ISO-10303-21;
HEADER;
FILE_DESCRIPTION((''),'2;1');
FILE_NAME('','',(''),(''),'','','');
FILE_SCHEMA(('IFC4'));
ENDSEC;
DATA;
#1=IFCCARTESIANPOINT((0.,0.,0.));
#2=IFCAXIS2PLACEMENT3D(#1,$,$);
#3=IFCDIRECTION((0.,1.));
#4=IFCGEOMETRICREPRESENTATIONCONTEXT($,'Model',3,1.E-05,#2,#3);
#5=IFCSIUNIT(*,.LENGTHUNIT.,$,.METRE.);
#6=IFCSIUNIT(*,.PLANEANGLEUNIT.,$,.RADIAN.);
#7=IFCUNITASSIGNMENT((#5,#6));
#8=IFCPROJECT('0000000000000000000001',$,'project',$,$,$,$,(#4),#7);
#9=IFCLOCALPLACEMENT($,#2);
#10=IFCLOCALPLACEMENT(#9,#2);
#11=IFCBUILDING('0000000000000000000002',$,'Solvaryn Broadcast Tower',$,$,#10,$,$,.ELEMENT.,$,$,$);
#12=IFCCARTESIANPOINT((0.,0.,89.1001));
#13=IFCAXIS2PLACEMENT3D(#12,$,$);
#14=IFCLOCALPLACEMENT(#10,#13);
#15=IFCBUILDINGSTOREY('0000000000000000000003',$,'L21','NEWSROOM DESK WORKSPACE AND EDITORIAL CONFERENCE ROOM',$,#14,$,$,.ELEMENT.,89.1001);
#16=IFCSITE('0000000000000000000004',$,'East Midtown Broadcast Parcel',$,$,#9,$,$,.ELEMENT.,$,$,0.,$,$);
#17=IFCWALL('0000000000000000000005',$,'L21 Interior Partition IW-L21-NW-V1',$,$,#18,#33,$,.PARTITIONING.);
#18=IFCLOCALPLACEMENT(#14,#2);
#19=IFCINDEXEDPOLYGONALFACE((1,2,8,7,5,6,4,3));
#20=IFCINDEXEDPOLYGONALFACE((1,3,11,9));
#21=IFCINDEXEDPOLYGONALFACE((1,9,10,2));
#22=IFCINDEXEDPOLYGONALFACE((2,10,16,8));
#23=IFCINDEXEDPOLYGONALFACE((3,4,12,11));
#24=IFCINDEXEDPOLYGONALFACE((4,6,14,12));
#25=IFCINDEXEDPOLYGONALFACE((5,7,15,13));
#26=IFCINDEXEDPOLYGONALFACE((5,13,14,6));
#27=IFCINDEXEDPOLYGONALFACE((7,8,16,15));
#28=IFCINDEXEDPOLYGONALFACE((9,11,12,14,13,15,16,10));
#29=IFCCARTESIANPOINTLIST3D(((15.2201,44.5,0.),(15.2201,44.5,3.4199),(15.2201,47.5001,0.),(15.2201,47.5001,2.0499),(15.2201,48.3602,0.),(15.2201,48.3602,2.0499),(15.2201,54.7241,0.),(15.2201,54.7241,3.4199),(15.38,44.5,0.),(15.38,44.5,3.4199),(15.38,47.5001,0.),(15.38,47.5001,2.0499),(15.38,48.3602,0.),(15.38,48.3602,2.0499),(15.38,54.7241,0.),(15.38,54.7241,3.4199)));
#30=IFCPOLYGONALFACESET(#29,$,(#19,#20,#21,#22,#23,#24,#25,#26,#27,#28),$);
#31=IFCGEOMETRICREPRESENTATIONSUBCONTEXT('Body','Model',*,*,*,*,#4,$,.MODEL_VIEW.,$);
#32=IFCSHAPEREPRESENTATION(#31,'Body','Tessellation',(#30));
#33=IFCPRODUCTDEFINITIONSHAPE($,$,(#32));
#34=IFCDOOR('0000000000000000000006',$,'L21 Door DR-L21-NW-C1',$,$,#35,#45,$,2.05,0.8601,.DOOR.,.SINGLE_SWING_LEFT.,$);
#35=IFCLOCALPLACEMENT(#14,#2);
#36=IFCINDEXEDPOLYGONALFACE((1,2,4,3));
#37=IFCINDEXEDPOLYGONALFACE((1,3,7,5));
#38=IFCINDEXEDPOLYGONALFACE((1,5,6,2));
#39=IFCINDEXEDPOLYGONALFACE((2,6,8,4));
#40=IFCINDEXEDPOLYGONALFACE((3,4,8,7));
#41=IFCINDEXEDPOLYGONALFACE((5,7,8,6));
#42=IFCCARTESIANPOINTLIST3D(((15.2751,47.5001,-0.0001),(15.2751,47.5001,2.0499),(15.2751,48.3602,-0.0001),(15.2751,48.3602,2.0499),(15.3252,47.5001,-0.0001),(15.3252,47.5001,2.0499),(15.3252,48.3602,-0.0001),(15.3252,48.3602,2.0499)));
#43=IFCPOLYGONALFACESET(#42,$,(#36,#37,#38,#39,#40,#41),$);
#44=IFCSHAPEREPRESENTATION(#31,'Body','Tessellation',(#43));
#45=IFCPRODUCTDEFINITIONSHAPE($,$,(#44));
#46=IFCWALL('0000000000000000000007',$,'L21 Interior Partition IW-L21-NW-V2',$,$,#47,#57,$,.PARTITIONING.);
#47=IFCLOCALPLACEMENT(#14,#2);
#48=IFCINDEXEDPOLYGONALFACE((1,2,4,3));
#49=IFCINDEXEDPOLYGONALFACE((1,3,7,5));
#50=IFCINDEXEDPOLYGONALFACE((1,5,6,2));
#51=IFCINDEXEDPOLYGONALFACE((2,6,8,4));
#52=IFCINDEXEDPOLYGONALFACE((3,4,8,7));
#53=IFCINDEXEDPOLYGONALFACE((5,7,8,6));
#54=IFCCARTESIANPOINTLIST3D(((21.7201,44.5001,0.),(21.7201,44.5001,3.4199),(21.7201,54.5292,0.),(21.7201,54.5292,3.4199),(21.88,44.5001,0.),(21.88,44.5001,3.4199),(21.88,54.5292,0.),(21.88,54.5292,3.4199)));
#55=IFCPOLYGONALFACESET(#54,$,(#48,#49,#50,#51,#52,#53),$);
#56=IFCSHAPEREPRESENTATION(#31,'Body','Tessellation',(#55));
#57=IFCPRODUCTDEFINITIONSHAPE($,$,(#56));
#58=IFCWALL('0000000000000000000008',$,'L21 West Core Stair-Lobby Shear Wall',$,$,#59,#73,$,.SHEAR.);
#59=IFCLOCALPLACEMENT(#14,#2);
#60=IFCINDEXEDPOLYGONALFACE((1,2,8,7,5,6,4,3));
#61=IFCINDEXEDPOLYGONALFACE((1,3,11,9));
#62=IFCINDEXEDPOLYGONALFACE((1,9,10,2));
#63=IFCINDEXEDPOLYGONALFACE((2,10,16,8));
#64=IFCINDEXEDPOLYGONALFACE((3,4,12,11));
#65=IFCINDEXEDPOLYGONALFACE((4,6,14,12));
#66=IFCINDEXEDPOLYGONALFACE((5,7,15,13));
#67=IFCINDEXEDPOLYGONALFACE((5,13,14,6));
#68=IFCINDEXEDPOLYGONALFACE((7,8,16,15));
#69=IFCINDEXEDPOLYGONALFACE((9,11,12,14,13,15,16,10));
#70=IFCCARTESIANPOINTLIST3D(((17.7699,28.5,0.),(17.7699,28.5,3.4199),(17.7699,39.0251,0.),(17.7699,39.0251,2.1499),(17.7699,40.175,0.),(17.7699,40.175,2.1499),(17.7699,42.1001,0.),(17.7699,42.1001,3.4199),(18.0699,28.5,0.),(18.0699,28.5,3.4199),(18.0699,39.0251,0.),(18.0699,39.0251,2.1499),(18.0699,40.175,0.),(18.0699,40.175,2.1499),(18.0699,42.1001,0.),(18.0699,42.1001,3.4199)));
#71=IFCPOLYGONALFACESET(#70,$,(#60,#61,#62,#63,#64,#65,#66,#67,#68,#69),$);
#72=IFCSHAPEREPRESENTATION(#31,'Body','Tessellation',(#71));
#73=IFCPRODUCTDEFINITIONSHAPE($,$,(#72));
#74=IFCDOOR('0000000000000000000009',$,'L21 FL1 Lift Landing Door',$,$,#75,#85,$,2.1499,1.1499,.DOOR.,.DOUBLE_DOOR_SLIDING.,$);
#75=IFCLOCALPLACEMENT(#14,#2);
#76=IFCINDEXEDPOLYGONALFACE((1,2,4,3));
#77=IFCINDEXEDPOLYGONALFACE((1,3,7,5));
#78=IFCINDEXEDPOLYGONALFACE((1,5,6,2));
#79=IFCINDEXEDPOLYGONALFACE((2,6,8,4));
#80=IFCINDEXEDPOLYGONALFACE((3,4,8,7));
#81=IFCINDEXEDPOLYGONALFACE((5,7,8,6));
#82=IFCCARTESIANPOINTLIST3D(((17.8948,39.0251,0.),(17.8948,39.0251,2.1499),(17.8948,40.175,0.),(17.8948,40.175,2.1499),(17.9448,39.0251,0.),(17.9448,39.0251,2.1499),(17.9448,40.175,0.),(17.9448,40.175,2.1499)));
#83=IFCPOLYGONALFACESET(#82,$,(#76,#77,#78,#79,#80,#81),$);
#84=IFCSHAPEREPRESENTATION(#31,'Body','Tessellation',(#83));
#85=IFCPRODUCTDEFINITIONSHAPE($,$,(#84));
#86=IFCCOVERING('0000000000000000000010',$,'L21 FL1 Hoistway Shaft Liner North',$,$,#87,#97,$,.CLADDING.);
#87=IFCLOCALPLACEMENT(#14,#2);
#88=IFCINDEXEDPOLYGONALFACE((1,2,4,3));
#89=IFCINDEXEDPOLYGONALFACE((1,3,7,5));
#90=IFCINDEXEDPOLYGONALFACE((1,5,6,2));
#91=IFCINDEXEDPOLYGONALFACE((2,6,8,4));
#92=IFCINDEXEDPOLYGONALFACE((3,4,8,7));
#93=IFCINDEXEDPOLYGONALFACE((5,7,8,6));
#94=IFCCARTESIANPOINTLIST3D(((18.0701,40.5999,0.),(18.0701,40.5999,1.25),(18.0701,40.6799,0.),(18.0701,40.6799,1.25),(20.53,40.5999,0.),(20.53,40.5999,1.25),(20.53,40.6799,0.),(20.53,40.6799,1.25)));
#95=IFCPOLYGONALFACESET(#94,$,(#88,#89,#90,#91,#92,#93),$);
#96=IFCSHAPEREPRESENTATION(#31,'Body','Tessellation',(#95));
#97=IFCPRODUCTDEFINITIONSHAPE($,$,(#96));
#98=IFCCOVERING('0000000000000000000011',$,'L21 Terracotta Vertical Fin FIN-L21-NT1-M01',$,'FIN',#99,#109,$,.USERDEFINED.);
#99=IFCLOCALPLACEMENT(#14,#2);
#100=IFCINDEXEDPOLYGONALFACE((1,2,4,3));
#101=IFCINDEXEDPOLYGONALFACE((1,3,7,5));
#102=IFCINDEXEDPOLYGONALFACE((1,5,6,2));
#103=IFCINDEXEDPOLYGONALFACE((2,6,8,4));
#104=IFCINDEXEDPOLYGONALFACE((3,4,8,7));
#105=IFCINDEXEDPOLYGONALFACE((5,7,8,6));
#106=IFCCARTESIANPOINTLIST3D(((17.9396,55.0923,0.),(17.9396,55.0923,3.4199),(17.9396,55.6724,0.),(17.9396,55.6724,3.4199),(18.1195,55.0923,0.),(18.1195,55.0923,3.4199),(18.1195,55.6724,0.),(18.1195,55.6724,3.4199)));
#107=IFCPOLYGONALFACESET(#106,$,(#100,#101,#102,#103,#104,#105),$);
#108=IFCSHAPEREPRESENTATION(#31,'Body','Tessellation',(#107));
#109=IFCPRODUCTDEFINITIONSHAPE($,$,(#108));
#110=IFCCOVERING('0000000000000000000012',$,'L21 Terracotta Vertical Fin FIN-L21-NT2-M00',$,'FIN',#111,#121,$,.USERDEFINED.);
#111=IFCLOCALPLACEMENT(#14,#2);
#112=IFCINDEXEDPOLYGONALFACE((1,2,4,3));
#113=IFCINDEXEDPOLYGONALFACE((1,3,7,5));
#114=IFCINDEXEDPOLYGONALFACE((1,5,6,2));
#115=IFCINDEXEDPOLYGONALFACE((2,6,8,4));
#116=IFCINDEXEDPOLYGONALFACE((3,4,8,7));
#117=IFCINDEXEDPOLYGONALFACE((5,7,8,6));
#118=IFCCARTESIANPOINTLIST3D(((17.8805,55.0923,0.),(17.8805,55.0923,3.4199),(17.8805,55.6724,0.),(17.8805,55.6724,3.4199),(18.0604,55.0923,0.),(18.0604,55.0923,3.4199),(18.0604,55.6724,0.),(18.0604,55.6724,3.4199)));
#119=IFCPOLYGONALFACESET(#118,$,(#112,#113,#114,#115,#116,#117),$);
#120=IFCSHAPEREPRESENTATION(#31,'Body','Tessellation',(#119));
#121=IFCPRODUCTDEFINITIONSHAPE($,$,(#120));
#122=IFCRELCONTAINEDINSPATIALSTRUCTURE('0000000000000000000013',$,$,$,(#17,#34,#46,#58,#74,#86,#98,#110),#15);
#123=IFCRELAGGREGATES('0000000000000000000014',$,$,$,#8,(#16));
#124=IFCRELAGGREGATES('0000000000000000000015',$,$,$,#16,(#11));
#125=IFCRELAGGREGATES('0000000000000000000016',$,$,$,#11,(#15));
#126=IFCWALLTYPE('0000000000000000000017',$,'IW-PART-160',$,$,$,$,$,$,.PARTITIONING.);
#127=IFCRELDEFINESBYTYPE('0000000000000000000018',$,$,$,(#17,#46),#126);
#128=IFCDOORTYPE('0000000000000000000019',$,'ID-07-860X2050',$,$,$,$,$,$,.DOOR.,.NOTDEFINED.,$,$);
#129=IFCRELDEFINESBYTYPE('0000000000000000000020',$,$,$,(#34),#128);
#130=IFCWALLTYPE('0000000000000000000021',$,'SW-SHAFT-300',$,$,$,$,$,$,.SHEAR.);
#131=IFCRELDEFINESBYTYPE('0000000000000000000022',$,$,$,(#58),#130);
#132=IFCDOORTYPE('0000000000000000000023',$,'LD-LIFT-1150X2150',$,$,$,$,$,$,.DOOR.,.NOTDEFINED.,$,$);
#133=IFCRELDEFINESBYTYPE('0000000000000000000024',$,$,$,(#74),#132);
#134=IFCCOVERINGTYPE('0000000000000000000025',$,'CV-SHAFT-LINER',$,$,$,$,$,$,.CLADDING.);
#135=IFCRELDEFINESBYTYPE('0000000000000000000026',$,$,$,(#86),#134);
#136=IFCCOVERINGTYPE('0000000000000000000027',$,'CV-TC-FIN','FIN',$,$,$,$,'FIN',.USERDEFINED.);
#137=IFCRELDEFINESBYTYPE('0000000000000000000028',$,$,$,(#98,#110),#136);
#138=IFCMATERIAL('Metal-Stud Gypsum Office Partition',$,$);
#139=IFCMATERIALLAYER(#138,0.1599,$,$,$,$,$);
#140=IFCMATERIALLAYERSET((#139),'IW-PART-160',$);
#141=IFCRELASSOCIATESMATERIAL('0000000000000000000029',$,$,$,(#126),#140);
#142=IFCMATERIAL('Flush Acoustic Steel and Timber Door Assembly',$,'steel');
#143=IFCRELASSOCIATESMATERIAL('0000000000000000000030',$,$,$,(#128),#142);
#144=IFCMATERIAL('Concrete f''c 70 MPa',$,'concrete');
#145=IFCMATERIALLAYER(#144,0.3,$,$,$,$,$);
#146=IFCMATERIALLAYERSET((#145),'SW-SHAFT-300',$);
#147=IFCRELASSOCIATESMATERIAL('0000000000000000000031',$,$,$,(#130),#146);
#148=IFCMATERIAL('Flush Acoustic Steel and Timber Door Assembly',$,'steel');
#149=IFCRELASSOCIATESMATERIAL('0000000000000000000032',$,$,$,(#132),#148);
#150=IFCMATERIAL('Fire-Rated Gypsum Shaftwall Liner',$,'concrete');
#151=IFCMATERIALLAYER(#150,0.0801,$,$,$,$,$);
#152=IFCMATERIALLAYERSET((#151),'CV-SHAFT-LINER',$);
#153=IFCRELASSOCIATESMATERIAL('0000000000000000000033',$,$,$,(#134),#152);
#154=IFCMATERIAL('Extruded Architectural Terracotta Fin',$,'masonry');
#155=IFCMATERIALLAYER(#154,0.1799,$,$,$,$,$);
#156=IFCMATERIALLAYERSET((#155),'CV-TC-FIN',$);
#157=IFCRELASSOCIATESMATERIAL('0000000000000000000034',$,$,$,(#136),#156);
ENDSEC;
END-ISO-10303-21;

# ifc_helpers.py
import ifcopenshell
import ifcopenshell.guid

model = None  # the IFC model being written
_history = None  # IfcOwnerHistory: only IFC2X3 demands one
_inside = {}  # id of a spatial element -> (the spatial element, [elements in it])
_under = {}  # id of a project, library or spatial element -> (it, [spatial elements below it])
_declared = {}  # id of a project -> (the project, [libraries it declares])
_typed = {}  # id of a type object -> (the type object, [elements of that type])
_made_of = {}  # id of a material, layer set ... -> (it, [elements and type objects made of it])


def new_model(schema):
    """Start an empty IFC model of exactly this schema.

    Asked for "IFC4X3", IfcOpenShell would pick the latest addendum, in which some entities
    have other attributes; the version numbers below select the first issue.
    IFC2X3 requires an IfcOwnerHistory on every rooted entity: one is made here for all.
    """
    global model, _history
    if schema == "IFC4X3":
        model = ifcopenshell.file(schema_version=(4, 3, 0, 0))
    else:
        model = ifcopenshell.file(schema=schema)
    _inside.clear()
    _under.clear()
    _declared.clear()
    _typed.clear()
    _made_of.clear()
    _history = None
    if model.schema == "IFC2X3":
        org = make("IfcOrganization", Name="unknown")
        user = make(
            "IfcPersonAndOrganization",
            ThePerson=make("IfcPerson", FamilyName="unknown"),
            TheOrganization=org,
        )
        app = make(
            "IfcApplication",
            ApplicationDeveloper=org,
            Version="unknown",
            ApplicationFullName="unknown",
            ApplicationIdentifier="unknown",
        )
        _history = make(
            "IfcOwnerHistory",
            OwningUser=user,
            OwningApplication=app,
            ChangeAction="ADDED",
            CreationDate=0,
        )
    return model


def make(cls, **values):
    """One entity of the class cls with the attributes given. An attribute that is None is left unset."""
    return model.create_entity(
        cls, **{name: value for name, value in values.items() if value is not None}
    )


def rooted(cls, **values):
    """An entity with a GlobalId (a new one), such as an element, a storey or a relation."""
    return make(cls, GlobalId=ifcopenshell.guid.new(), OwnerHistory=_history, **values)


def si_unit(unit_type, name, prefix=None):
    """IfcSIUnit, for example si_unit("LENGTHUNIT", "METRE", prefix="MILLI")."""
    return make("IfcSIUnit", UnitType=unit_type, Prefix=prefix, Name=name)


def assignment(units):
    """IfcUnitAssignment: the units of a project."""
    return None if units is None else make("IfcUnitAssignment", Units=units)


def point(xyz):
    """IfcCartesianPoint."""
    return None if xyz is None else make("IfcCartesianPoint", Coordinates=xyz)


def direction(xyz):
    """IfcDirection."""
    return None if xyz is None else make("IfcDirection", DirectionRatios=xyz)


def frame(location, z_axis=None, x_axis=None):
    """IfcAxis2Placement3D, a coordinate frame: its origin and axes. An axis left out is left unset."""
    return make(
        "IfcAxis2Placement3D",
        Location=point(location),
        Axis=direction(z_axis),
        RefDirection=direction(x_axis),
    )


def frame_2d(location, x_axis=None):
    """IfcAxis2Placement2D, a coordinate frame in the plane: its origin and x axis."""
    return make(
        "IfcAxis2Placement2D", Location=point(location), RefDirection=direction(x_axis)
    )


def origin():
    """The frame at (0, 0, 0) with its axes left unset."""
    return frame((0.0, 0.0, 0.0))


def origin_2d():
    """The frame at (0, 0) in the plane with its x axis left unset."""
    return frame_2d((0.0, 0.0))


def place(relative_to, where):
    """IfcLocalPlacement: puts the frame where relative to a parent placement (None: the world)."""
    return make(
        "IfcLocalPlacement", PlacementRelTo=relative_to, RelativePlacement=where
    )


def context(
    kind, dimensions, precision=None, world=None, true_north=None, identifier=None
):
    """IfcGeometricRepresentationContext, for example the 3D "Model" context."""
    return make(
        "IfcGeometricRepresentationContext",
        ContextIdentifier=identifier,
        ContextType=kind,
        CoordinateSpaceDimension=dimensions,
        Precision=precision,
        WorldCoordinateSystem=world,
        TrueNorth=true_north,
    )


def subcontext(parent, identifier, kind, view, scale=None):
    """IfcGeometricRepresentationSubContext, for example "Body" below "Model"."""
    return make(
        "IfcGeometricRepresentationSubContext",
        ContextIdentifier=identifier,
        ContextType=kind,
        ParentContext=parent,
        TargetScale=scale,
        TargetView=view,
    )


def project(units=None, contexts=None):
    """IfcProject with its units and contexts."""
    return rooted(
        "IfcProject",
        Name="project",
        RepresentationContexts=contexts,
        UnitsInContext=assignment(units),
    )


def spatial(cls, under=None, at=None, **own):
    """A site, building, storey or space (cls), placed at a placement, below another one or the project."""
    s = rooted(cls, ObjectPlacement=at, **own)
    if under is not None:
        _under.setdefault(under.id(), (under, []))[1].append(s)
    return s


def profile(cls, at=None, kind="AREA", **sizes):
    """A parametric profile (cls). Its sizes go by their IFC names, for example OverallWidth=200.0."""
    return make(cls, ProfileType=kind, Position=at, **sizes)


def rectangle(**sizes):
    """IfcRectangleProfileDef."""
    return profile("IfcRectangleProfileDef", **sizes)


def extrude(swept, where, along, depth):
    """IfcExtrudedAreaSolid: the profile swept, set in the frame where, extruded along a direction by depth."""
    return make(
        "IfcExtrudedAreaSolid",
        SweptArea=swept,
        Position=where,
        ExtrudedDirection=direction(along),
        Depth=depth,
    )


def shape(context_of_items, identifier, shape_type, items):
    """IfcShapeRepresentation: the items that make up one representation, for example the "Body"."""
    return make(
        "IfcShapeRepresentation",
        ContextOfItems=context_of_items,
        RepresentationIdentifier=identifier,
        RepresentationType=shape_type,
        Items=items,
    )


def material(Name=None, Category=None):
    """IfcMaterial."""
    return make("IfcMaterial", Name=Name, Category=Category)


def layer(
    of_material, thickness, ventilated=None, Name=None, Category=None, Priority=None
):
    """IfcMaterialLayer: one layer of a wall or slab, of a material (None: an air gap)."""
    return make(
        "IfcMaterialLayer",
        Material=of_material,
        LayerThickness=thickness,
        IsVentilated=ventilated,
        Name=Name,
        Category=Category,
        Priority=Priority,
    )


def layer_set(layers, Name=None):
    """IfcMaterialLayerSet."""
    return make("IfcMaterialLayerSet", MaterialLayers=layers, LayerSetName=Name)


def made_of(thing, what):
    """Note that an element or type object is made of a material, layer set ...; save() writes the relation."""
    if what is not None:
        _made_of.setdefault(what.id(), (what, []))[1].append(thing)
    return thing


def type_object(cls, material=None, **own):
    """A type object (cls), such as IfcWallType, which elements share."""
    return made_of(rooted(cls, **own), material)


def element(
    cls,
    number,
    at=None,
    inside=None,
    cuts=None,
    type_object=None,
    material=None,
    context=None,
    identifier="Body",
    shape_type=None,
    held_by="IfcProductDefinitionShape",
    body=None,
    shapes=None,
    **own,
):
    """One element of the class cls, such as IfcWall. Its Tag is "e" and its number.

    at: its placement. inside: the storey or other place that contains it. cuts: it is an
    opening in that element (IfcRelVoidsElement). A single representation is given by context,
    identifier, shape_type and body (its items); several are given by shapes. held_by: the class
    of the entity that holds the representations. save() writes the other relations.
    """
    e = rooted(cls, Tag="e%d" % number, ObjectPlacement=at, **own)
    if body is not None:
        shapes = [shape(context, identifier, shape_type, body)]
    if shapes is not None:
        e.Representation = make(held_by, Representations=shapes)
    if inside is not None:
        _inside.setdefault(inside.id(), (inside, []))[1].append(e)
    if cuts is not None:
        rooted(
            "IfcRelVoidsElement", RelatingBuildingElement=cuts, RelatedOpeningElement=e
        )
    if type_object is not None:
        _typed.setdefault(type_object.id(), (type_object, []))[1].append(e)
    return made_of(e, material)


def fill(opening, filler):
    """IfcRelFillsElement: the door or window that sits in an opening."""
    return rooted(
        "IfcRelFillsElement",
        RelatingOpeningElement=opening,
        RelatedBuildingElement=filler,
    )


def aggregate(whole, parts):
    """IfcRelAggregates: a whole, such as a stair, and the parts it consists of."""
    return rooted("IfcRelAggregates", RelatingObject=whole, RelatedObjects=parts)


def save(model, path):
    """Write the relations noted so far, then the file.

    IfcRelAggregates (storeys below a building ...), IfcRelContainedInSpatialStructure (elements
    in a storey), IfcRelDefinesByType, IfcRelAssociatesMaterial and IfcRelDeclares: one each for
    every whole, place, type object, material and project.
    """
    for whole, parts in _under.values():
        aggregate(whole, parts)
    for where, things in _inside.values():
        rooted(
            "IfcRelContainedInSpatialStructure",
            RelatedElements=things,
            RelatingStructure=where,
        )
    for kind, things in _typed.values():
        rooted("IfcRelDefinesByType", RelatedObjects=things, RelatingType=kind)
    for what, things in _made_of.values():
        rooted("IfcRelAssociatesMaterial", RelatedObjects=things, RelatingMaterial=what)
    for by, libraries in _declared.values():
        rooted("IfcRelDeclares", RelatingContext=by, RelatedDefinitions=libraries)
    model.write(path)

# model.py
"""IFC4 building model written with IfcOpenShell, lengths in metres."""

from ifc_helpers import new_model, si_unit, direction, frame, frame_2d, origin, origin_2d, place, context, subcontext, project, spatial, rectangle, extrude, material, layer, layer_set, type_object, element, fill, save


model = new_model("IFC4")

# Units and contexts
model_context = context("Model", 3, precision=1e-05, world=origin(), true_north=direction((0.0, 1.0)))
body_context = subcontext(model_context, "Body", "Model", "MODEL_VIEW")
ifc_project = project(units=[si_unit("LENGTHUNIT", "METRE"), si_unit("PLANEANGLEUNIT", "RADIAN")], contexts=[model_context])

# Site, building, storey
site_placement = place(None, origin())
site = spatial("IfcSite", under=ifc_project, at=site_placement, Name="East Midtown Broadcast Parcel", CompositionType="ELEMENT", RefElevation=0.0)
building_placement = place(site_placement, origin())
building = spatial("IfcBuilding", under=site, at=building_placement, Name="Solvaryn Broadcast Tower", CompositionType="ELEMENT")
storey_placement = place(building_placement, frame((0.0, 0.0, 89.1001)))
storey = spatial("IfcBuildingStorey", under=building, at=storey_placement, Name="L21", Description="NEWSROOM DESK WORKSPACE AND EDITORIAL CONFERENCE ROOM", CompositionType="ELEMENT", Elevation=89.1001)

# Wall, opening, door
ifc_material_1 = material(Name="Metal-Stud Gypsum Office Partition")
ifc_layer_1 = layer(ifc_material_1, 0.1599)
ifc_layer_set_1 = layer_set([ifc_layer_1], Name="IW-PART-160")
wall_type_1 = type_object("IfcWallType", Name="IW-PART-160", PredefinedType="PARTITIONING", material=ifc_layer_set_1)
wall_1_placement = place(storey_placement, frame((15.3, 44.5, 0.0), z_axis=(0.0, 0.0, 1.0), x_axis=(0.0, 1.0, 0.0)))
wall_1 = element("IfcWall", 1, at=wall_1_placement, inside=storey, type_object=wall_type_1, Name="L21 Interior Partition IW-L21-NW-V1", PredefinedType="PARTITIONING", context=body_context, shape_type="SweptSolid", body=[
    extrude(rectangle(XDim=10.2241, YDim=0.1599, at=frame_2d((5.1121, 0.0))), origin(), (0.0, 0.0, 1.0), 3.4199),
])
opening_1_placement = place(wall_1_placement, frame((3.0, 0.0, 0.0)))
opening_1 = element("IfcOpeningElement", 2, at=opening_1_placement, cuts=wall_1, PredefinedType="OPENING", context=body_context, shape_type="SweptSolid", body=[
    extrude(rectangle(XDim=0.8601, YDim=2.05, at=frame_2d((0.4302, 1.0249))), frame((0.0, 0.0901, 0.0), z_axis=(0.0, -1.0, 0.0), x_axis=(1.0, 0.0, 0.0)), (0.0, 0.0, 1.0), 0.1799),
])
ifc_material_2 = material(Name="Flush Acoustic Steel and Timber Door Assembly", Category="steel")
door_type_1 = type_object("IfcDoorType", Name="ID-07-860X2050", OperationType="NOTDEFINED", PredefinedType="DOOR", material=ifc_material_2)
door_1_placement = place(opening_1_placement, origin())
door_1 = element("IfcDoor", 3, at=door_1_placement, inside=storey, type_object=door_type_1, Name="L21 Door DR-L21-NW-C1", OperationType="SINGLE_SWING_LEFT", OverallHeight=2.05, OverallWidth=0.8601, PredefinedType="DOOR", context=body_context, shape_type="SweptSolid", body=[
    extrude(rectangle(XDim=0.8601, YDim=2.05, at=frame_2d((0.4302, 1.0249))), frame((0.0, 0.0249, 0.0), z_axis=(0.0, -1.0, 0.0), x_axis=(1.0, 0.0, 0.0)), (0.0, 0.0, 1.0), 0.05),
])
fill(opening_1, door_1)

# Wall
wall_2_placement = place(storey_placement, frame((21.8, 44.5, 0.0), z_axis=(0.0, 0.0, 1.0), x_axis=(0.0, 1.0, 0.0)))
element("IfcWall", 4, at=wall_2_placement, inside=storey, type_object=wall_type_1, Name="L21 Interior Partition IW-L21-NW-V2", PredefinedType="PARTITIONING", context=body_context, shape_type="SweptSolid", body=[
    extrude(rectangle(XDim=10.0291, YDim=0.1599, at=frame_2d((5.0146, 0.0))), origin(), (0.0, 0.0, 1.0), 3.4199),
])

# Wall, opening, door
ifc_material_3 = material(Name="Concrete f'c 70 MPa", Category="concrete")
ifc_layer_2 = layer(ifc_material_3, 0.3)
ifc_layer_set_2 = layer_set([ifc_layer_2], Name="SW-SHAFT-300")
wall_type_2 = type_object("IfcWallType", Name="SW-SHAFT-300", PredefinedType="SHEAR", material=ifc_layer_set_2)
wall_3_placement = place(storey_placement, frame((17.9199, 42.1001, 0.0), z_axis=(0.0, 0.0, 1.0), x_axis=(0.0, -1.0, 0.0)))
wall_3 = element("IfcWall", 5, at=wall_3_placement, inside=storey, type_object=wall_type_2, Name="L21 West Core Stair-Lobby Shear Wall", PredefinedType="SHEAR", context=body_context, shape_type="SweptSolid", body=[
    extrude(rectangle(XDim=13.6001, YDim=0.3, at=frame_2d((6.8, 0.0))), origin(), (0.0, 0.0, 1.0), 3.4199),
])
opening_2_placement = place(wall_3_placement, frame((1.925, 0.0, 0.0)))
opening_2 = element("IfcOpeningElement", 6, at=opening_2_placement, cuts=wall_3, PredefinedType="OPENING", context=body_context, shape_type="SweptSolid", body=[
    extrude(rectangle(XDim=1.1499, YDim=2.1499, at=frame_2d((0.575, 1.075))), frame((0.0, 0.1599, 0.0), z_axis=(0.0, -1.0, 0.0), x_axis=(1.0, 0.0, 0.0)), (0.0, 0.0, 1.0), 0.3201),
])
ifc_material_4 = material(Name="Flush Acoustic Steel and Timber Door Assembly", Category="steel")
door_type_2 = type_object("IfcDoorType", Name="LD-LIFT-1150X2150", OperationType="NOTDEFINED", PredefinedType="DOOR", material=ifc_material_4)
door_2_placement = place(opening_2_placement, origin())
door_2 = element("IfcDoor", 7, at=door_2_placement, inside=storey, type_object=door_type_2, Name="L21 FL1 Lift Landing Door", OperationType="DOUBLE_DOOR_SLIDING", OverallHeight=2.1499, OverallWidth=1.1499, PredefinedType="DOOR", context=body_context, shape_type="SweptSolid", body=[
    extrude(rectangle(XDim=1.1499, YDim=2.1499, at=frame_2d((0.575, 1.075))), frame((0.0, 0.0249, 0.0), z_axis=(0.0, -1.0, 0.0), x_axis=(1.0, 0.0, 0.0)), (0.0, 0.0, 1.0), 0.05),
])
fill(opening_2, door_2)

# Coverings
ifc_material_5 = material(Name="Fire-Rated Gypsum Shaftwall Liner", Category="concrete")
ifc_layer_3 = layer(ifc_material_5, 0.0801)
ifc_layer_set_3 = layer_set([ifc_layer_3], Name="CV-SHAFT-LINER")
covering_type_1 = type_object("IfcCoveringType", Name="CV-SHAFT-LINER", PredefinedType="CLADDING", material=ifc_layer_set_3)
covering_placement = place(storey_placement, frame((19.3, 40.6399, 0.0), z_axis=(0.0, 0.0, 1.0), x_axis=(1.0, 0.0, 0.0)))
element("IfcCovering", 8, at=covering_placement, inside=storey, type_object=covering_type_1, Name="L21 FL1 Hoistway Shaft Liner North", PredefinedType="CLADDING", context=body_context, shape_type="SweptSolid", body=[
    extrude(rectangle(XDim=2.46, YDim=0.0801, at=origin_2d()), origin(), (0.0, 0.0, 1.0), 1.25),
])
ifc_material_6 = material(Name="Extruded Architectural Terracotta Fin", Category="masonry")
ifc_layer_4 = layer(ifc_material_6, 0.1799)
ifc_layer_set_4 = layer_set([ifc_layer_4], Name="CV-TC-FIN")
covering_type_2 = type_object("IfcCoveringType", Name="CV-TC-FIN", Description="FIN", ElementType="FIN", PredefinedType="USERDEFINED", material=ifc_layer_set_4)
for number, where, z_axis, x_axis, name in (
    (9, (18.0295, 55.3823, 0.0), (0.0, 0.0, 1.0), (1.0, 0.0, 0.0), "L21 Terracotta Vertical Fin FIN-L21-NT1-M01"),
    (10, (17.9705, 55.3823, 0.0), (0.0, 0.0, 1.0), (1.0, 0.0, 0.0), "L21 Terracotta Vertical Fin FIN-L21-NT2-M00"),
):
    element("IfcCovering", number, at=place(storey_placement, frame(where, z_axis=z_axis, x_axis=x_axis)), inside=storey, type_object=covering_type_2, Name=name, ObjectType="FIN", PredefinedType="USERDEFINED", context=body_context, shape_type="SweptSolid", body=[
        extrude(rectangle(XDim=0.1799, YDim=0.5801, at=origin_2d()), origin(), (0.0, 0.0, 1.0), 3.4199),
    ])

save(model, "model.ifc")
